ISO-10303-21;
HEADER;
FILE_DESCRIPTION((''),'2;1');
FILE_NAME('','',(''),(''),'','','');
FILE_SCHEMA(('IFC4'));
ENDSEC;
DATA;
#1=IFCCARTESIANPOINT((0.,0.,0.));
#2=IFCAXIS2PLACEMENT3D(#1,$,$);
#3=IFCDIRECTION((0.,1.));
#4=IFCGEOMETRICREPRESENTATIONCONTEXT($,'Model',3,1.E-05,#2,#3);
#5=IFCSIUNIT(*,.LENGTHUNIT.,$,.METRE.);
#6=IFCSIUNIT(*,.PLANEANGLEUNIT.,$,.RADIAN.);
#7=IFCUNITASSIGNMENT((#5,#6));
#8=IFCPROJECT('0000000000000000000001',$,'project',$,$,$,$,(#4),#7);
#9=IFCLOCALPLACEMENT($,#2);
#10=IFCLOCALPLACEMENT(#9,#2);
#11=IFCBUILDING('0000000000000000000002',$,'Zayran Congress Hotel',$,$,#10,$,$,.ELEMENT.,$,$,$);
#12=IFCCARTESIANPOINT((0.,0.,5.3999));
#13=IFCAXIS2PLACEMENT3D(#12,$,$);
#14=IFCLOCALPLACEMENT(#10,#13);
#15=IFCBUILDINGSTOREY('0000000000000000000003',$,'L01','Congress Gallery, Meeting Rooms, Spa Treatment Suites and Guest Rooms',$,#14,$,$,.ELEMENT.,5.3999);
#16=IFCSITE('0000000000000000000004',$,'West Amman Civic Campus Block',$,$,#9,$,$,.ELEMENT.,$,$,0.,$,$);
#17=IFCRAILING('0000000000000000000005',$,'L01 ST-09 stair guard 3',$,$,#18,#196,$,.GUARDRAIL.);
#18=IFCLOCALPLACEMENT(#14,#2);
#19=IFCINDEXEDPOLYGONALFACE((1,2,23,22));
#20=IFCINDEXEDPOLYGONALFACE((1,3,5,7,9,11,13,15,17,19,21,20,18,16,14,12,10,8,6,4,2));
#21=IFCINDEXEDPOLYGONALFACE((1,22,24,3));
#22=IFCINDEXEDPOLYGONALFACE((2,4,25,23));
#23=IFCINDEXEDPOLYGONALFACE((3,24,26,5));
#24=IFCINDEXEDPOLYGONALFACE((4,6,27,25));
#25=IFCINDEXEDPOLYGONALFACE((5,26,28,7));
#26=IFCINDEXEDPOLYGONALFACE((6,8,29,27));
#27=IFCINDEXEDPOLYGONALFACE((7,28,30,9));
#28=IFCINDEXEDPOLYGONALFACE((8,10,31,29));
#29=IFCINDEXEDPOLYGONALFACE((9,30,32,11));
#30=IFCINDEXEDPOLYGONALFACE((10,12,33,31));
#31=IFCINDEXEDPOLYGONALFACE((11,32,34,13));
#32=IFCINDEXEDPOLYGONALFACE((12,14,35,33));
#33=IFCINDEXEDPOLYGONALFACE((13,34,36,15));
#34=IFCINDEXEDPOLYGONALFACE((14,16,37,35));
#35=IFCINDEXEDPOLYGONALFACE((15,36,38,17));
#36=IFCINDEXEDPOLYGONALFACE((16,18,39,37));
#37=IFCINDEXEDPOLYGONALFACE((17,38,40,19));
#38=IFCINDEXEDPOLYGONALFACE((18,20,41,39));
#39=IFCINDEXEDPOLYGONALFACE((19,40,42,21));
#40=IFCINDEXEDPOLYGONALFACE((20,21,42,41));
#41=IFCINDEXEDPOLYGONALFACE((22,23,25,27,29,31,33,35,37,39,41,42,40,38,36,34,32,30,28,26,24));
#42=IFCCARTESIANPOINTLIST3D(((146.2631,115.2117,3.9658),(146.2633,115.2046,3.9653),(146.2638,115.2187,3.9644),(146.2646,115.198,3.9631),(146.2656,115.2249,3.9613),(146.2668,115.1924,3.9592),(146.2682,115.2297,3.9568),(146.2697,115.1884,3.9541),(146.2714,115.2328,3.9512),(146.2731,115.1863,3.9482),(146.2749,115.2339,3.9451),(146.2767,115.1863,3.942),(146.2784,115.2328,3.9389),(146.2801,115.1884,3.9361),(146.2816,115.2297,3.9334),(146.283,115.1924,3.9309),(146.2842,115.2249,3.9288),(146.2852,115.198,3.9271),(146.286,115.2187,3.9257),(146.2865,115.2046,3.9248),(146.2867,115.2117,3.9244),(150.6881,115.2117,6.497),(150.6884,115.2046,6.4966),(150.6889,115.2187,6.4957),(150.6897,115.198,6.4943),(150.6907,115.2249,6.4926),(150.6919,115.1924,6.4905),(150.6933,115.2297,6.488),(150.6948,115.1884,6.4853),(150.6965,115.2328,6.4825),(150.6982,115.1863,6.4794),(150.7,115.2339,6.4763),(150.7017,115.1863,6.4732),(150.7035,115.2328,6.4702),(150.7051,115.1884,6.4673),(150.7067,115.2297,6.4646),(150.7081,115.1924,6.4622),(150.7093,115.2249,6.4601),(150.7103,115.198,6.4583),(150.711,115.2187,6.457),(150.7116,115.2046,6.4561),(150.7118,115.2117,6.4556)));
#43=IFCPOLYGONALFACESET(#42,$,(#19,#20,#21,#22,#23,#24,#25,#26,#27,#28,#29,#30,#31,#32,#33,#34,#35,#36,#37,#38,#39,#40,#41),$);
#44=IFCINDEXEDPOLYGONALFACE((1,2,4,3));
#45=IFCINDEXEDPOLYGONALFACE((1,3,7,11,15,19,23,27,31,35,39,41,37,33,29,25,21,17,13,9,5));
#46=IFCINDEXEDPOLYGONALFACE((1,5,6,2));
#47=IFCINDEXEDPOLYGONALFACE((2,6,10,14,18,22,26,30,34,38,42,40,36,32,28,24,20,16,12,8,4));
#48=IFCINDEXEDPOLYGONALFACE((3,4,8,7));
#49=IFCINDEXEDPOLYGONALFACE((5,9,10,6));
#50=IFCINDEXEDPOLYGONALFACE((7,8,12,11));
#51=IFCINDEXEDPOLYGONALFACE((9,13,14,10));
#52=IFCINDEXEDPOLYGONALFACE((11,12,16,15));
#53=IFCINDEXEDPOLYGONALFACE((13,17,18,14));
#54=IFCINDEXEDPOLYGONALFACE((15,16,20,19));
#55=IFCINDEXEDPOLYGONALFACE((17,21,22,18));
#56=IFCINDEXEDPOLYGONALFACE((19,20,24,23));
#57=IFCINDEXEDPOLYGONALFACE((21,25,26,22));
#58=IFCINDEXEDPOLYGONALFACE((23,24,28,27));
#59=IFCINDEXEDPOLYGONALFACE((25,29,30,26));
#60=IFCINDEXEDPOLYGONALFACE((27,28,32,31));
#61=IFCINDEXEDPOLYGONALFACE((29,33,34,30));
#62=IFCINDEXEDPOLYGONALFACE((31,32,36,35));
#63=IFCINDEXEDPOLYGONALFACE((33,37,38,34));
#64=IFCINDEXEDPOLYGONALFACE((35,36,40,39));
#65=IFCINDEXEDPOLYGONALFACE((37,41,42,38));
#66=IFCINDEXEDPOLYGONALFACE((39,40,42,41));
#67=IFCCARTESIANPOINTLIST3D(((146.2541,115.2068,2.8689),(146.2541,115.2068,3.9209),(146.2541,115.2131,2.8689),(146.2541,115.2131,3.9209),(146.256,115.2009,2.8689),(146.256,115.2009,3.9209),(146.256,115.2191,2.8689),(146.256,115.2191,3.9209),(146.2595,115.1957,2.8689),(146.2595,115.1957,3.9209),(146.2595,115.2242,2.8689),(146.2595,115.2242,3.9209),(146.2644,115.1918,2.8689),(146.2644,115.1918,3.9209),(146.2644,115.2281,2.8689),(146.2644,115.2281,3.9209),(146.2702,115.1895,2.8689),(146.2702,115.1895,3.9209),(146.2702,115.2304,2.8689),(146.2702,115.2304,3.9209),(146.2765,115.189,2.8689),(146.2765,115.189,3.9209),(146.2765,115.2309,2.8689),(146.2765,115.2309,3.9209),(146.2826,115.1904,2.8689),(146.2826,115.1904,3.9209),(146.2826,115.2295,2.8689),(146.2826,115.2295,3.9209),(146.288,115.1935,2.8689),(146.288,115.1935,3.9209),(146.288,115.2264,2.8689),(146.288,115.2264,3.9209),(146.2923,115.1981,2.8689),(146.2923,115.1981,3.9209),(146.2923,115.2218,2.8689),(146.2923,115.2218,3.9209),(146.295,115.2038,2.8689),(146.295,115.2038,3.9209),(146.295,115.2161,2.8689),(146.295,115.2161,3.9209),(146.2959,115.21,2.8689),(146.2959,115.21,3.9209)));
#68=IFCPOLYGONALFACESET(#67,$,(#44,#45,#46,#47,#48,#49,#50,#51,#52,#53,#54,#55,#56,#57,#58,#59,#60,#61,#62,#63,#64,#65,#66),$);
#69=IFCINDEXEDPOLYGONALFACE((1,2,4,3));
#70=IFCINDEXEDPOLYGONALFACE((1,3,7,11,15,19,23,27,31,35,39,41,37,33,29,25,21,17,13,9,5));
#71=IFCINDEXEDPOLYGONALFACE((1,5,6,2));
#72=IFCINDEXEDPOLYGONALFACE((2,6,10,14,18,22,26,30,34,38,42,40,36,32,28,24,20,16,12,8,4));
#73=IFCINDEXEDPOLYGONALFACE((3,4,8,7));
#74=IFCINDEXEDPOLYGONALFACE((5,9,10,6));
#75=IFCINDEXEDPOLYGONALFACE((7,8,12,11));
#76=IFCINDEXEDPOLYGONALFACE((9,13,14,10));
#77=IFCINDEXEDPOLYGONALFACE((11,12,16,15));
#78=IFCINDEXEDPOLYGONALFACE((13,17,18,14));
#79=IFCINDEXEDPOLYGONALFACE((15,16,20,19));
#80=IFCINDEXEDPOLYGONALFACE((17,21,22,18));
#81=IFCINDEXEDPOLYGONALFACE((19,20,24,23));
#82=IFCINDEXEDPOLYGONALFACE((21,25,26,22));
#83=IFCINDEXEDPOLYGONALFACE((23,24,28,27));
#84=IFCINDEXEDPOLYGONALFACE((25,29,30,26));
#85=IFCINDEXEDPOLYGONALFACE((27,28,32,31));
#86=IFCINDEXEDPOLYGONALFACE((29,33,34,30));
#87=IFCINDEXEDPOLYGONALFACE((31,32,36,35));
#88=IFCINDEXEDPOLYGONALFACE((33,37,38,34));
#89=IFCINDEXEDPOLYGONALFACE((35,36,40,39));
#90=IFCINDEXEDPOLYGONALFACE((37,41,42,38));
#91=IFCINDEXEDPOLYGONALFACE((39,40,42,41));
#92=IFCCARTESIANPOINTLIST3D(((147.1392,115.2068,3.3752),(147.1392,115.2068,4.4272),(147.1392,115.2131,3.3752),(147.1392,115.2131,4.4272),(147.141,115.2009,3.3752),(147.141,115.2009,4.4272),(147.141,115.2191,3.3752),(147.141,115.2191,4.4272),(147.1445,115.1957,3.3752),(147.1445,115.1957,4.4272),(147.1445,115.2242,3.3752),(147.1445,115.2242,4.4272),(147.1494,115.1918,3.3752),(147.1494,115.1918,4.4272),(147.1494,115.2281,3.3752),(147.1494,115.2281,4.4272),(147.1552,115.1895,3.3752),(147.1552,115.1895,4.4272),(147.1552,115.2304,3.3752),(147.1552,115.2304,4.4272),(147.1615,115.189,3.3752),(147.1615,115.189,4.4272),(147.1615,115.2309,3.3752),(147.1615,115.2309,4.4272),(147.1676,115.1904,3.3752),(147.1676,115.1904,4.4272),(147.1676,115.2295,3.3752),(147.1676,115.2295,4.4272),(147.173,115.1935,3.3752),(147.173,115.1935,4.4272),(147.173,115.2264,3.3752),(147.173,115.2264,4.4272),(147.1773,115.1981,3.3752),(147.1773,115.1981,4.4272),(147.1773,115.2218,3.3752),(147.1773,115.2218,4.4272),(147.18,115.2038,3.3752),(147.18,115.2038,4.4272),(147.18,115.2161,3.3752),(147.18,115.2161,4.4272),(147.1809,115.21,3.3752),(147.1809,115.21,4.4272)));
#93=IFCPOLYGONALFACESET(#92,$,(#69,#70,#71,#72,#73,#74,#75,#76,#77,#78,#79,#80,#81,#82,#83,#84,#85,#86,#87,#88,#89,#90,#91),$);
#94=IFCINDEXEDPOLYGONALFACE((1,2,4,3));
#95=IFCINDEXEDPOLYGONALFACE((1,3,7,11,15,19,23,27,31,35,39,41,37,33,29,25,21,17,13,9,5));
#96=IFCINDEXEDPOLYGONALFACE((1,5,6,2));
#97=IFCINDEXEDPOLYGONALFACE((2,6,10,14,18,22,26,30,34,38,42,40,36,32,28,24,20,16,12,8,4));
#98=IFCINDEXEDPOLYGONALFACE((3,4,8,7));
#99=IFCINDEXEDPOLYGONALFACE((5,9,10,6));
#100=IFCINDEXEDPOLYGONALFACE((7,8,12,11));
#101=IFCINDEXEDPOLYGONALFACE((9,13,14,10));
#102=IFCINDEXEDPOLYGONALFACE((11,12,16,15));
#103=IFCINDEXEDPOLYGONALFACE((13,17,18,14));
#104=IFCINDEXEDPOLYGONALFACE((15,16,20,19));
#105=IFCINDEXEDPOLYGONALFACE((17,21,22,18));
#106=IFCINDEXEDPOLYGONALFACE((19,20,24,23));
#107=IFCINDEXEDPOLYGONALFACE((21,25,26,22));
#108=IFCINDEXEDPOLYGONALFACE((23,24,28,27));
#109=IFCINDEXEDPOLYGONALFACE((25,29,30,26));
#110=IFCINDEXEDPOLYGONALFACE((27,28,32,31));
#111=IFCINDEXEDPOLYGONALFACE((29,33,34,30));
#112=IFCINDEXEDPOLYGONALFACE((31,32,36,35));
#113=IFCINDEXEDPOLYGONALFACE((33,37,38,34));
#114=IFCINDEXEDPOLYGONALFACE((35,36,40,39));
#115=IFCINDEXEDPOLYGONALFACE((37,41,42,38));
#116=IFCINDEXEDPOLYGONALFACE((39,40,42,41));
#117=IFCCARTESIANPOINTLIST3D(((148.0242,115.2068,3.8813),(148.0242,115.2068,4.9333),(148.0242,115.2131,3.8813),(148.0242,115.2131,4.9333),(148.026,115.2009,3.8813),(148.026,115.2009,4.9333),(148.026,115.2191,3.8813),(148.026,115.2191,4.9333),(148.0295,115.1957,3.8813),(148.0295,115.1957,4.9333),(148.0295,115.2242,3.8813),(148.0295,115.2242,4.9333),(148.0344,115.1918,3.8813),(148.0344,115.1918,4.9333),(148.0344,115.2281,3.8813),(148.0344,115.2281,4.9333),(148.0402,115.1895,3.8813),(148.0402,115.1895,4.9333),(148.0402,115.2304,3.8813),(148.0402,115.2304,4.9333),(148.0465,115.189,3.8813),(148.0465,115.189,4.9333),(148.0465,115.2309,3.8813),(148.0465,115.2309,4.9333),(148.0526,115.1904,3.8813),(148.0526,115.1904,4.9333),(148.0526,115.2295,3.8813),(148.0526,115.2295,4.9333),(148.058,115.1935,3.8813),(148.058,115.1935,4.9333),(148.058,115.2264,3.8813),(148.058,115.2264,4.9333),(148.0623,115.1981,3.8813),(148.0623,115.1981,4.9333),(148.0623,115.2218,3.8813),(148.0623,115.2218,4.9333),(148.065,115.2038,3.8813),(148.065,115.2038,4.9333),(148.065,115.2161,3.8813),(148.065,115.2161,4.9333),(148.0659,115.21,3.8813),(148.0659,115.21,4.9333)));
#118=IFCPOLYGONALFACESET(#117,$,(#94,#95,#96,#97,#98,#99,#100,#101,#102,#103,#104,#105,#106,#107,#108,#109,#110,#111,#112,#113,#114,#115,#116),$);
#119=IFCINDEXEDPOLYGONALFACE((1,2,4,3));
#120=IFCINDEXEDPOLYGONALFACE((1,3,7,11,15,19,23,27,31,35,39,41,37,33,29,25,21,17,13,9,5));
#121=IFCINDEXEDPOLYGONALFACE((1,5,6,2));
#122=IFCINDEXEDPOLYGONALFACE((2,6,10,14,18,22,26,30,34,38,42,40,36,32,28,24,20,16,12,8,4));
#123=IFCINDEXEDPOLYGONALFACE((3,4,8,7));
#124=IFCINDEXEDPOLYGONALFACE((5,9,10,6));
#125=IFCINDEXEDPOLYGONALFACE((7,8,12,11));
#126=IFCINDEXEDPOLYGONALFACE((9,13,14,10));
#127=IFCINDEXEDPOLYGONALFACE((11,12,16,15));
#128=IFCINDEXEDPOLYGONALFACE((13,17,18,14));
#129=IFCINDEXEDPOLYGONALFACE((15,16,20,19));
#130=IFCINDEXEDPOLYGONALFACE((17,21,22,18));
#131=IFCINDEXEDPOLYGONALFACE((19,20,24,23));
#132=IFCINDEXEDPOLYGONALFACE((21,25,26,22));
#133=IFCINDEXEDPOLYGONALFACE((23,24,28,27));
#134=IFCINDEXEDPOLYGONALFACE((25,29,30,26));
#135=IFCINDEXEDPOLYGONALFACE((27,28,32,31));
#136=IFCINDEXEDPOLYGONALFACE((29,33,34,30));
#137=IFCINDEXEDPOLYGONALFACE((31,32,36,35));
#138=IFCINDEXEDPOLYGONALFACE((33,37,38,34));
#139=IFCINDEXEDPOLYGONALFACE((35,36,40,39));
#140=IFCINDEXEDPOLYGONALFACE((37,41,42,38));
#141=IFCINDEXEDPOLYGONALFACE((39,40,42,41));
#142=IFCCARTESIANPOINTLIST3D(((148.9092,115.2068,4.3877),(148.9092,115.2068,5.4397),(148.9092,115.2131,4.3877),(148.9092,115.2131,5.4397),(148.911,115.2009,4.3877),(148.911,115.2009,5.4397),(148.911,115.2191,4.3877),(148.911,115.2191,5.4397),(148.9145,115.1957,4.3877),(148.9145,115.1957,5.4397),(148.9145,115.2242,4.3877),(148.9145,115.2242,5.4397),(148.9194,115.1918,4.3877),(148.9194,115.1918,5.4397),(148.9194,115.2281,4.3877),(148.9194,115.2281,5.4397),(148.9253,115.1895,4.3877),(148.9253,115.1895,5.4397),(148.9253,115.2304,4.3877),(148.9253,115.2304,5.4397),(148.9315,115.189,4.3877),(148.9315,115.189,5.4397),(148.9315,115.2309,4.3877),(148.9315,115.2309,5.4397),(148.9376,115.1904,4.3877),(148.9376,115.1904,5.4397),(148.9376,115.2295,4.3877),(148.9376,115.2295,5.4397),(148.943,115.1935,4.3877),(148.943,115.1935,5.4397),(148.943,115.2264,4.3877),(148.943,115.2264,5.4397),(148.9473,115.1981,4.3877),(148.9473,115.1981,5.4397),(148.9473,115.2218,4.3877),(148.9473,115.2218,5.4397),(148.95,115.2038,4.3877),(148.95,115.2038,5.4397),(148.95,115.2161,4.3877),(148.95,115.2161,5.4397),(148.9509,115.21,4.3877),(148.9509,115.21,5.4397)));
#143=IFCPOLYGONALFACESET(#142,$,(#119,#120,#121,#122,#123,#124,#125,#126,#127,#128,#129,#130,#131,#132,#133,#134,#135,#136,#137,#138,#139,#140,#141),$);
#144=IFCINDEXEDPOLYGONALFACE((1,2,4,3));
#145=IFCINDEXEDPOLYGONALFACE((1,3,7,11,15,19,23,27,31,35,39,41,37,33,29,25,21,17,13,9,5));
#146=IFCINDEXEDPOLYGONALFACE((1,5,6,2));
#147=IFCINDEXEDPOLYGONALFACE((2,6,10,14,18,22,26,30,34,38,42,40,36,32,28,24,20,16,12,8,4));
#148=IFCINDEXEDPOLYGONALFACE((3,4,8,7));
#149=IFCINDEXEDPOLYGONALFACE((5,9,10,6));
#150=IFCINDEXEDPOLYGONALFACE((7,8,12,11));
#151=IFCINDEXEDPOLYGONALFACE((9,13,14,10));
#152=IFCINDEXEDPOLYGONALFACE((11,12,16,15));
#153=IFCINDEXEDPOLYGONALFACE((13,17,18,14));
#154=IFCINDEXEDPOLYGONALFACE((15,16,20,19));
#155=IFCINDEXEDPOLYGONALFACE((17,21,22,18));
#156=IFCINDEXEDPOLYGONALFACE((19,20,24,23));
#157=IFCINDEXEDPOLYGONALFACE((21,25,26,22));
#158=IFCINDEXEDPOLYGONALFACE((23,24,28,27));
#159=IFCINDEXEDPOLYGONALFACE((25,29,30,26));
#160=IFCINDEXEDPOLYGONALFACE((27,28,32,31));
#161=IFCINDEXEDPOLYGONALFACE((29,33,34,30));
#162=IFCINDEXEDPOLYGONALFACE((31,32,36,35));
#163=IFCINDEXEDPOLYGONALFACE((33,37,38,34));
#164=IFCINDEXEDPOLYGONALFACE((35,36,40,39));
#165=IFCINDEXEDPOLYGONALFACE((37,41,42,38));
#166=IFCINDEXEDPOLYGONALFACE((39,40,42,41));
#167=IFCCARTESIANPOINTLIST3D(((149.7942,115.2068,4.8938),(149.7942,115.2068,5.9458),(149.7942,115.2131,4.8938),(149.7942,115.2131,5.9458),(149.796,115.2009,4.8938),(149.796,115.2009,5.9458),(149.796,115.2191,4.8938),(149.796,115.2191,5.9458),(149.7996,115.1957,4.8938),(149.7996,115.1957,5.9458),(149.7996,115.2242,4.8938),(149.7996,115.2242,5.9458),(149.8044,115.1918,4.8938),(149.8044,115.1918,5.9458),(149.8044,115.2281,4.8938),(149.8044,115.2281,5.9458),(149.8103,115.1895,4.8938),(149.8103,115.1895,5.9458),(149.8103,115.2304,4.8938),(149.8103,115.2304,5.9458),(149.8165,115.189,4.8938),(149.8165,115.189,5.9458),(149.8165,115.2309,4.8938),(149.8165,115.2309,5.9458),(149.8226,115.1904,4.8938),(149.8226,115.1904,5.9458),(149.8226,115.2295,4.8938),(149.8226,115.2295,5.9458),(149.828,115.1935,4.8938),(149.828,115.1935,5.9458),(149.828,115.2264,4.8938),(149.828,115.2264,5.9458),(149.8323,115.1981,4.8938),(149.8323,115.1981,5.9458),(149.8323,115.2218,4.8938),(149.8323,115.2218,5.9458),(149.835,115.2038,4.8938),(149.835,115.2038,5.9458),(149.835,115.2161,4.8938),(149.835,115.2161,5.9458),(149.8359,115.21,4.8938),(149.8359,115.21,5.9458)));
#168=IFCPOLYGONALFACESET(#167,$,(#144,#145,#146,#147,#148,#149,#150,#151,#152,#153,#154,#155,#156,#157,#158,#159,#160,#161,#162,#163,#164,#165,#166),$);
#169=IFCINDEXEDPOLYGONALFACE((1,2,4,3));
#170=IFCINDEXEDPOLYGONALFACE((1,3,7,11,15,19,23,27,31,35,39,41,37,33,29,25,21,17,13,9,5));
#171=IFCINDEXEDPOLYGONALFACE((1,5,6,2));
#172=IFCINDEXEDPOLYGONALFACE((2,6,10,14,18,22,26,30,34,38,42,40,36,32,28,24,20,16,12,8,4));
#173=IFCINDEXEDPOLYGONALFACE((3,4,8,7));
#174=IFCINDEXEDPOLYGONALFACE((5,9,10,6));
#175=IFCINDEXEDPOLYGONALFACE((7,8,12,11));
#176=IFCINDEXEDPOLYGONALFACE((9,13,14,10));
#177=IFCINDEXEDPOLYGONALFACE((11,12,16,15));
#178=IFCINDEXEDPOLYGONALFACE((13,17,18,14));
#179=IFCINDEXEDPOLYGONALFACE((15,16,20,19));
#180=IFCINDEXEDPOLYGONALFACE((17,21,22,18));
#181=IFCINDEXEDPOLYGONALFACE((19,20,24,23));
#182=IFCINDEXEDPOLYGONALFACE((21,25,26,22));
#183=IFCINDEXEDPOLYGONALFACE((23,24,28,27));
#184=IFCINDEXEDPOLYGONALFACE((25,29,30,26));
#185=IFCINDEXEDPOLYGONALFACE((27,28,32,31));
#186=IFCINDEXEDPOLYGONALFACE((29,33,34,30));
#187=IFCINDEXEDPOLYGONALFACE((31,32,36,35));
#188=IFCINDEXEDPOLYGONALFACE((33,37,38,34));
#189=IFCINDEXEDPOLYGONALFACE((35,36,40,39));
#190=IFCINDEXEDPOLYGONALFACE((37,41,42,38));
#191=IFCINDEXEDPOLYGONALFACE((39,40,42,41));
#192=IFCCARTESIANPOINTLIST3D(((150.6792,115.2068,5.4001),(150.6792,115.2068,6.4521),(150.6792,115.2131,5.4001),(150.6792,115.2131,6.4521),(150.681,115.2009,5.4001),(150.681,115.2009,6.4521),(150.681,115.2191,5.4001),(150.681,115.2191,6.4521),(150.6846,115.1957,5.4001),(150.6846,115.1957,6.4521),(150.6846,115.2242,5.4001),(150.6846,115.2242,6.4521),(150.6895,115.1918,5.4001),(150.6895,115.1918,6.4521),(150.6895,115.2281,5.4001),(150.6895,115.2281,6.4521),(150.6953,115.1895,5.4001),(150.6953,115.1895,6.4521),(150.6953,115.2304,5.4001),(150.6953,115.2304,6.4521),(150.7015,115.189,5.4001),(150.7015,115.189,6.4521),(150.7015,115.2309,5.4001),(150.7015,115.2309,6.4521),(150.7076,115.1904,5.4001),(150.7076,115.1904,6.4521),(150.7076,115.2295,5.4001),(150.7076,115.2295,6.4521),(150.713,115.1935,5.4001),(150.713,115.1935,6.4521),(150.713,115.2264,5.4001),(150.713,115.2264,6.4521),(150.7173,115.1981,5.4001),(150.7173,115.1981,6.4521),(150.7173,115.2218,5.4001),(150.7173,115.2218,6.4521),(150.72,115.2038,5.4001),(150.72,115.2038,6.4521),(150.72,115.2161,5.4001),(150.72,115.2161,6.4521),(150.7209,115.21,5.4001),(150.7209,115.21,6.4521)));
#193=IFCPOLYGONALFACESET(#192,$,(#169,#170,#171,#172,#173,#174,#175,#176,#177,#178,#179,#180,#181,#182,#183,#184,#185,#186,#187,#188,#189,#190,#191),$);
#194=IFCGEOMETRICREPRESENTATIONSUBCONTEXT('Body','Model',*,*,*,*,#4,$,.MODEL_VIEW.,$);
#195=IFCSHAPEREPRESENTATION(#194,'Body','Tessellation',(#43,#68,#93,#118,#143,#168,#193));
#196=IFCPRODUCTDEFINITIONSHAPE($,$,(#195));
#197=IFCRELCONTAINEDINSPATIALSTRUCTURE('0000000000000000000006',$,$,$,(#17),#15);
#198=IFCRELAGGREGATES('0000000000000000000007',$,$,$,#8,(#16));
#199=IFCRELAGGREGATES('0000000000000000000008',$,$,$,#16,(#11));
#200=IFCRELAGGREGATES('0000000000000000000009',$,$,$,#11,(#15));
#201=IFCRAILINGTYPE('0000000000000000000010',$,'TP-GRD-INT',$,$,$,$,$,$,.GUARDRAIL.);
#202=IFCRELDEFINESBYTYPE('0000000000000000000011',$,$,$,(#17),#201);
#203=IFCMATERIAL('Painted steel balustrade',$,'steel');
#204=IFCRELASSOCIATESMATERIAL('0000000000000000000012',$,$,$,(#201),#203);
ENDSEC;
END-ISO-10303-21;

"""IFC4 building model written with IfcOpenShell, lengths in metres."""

from ifc_helpers import new_model, si_unit, direction, frame, origin, origin_2d, place, context, subcontext, project, spatial, circle, extrude, material, type_object, element, save


model = new_model("IFC4")

# Units and contexts
model_context = context("Model", 3, precision=1e-05, world=origin(), true_north=direction((0.0, 1.0)))
body_context = subcontext(model_context, "Body", "Model", "MODEL_VIEW")
ifc_project = project(units=[si_unit("LENGTHUNIT", "METRE"), si_unit("PLANEANGLEUNIT", "RADIAN")], contexts=[model_context])

# Site, building, storey
site_placement = place(None, origin())
site = spatial("IfcSite", under=ifc_project, at=site_placement, Name="West Amman Civic Campus Block", CompositionType="ELEMENT", RefElevation=0.0)
building_placement = place(site_placement, origin())
building = spatial("IfcBuilding", under=site, at=building_placement, Name="Zayran Congress Hotel", CompositionType="ELEMENT")
storey_placement = place(building_placement, frame((0.0, 0.0, 5.3999)))
storey = spatial("IfcBuildingStorey", under=building, at=storey_placement, Name="L01", Description="Congress Gallery, Meeting Rooms, Spa Treatment Suites and Guest Rooms", CompositionType="ELEMENT", Elevation=5.3999)

# Railing
ifc_material_1 = material(Name="Painted steel balustrade", Category="steel")
railing_type_1 = type_object("IfcRailingType", Name="TP-GRD-INT", PredefinedType="GUARDRAIL", material=ifc_material_1)
railing_1_placement = place(storey_placement, frame((146.2749, 115.21, 2.8689)))
element("IfcRailing", 1, at=railing_1_placement, inside=storey, type_object=railing_type_1, Name="L01 ST-09 stair guard 3", PredefinedType="GUARDRAIL", context=body_context, shape_type="SweptSolid", body=[
    extrude(circle(Radius=0.0239, at=origin_2d()), frame((0.0, 0.0, 1.0762), z_axis=(0.868019, 0.0, 0.496531), x_axis=(0.0, 1.0, 0.0)), (0.0, 0.0, 1.0), 5.0979),
    extrude(circle(Radius=0.021, at=origin_2d()), origin(), (0.0, 0.0, 1.0), 1.052),
    extrude(circle(Radius=0.021, at=origin_2d()), frame((0.885, 0.0, 0.5063)), (0.0, 0.0, 1.0), 1.052),
    extrude(circle(Radius=0.021, at=origin_2d()), frame((1.77, 0.0, 1.0125)), (0.0, 0.0, 1.0), 1.052),
    extrude(circle(Radius=0.021, at=origin_2d()), frame((2.655, 0.0, 1.5188)), (0.0, 0.0, 1.0), 1.052),
    extrude(circle(Radius=0.021, at=origin_2d()), frame((3.54, 0.0, 2.0249)), (0.0, 0.0, 1.0), 1.052),
    extrude(circle(Radius=0.021, at=origin_2d()), frame((4.425, 0.0, 2.5312)), (0.0, 0.0, 1.0), 1.052),
])

save(model, "model.ifc")
